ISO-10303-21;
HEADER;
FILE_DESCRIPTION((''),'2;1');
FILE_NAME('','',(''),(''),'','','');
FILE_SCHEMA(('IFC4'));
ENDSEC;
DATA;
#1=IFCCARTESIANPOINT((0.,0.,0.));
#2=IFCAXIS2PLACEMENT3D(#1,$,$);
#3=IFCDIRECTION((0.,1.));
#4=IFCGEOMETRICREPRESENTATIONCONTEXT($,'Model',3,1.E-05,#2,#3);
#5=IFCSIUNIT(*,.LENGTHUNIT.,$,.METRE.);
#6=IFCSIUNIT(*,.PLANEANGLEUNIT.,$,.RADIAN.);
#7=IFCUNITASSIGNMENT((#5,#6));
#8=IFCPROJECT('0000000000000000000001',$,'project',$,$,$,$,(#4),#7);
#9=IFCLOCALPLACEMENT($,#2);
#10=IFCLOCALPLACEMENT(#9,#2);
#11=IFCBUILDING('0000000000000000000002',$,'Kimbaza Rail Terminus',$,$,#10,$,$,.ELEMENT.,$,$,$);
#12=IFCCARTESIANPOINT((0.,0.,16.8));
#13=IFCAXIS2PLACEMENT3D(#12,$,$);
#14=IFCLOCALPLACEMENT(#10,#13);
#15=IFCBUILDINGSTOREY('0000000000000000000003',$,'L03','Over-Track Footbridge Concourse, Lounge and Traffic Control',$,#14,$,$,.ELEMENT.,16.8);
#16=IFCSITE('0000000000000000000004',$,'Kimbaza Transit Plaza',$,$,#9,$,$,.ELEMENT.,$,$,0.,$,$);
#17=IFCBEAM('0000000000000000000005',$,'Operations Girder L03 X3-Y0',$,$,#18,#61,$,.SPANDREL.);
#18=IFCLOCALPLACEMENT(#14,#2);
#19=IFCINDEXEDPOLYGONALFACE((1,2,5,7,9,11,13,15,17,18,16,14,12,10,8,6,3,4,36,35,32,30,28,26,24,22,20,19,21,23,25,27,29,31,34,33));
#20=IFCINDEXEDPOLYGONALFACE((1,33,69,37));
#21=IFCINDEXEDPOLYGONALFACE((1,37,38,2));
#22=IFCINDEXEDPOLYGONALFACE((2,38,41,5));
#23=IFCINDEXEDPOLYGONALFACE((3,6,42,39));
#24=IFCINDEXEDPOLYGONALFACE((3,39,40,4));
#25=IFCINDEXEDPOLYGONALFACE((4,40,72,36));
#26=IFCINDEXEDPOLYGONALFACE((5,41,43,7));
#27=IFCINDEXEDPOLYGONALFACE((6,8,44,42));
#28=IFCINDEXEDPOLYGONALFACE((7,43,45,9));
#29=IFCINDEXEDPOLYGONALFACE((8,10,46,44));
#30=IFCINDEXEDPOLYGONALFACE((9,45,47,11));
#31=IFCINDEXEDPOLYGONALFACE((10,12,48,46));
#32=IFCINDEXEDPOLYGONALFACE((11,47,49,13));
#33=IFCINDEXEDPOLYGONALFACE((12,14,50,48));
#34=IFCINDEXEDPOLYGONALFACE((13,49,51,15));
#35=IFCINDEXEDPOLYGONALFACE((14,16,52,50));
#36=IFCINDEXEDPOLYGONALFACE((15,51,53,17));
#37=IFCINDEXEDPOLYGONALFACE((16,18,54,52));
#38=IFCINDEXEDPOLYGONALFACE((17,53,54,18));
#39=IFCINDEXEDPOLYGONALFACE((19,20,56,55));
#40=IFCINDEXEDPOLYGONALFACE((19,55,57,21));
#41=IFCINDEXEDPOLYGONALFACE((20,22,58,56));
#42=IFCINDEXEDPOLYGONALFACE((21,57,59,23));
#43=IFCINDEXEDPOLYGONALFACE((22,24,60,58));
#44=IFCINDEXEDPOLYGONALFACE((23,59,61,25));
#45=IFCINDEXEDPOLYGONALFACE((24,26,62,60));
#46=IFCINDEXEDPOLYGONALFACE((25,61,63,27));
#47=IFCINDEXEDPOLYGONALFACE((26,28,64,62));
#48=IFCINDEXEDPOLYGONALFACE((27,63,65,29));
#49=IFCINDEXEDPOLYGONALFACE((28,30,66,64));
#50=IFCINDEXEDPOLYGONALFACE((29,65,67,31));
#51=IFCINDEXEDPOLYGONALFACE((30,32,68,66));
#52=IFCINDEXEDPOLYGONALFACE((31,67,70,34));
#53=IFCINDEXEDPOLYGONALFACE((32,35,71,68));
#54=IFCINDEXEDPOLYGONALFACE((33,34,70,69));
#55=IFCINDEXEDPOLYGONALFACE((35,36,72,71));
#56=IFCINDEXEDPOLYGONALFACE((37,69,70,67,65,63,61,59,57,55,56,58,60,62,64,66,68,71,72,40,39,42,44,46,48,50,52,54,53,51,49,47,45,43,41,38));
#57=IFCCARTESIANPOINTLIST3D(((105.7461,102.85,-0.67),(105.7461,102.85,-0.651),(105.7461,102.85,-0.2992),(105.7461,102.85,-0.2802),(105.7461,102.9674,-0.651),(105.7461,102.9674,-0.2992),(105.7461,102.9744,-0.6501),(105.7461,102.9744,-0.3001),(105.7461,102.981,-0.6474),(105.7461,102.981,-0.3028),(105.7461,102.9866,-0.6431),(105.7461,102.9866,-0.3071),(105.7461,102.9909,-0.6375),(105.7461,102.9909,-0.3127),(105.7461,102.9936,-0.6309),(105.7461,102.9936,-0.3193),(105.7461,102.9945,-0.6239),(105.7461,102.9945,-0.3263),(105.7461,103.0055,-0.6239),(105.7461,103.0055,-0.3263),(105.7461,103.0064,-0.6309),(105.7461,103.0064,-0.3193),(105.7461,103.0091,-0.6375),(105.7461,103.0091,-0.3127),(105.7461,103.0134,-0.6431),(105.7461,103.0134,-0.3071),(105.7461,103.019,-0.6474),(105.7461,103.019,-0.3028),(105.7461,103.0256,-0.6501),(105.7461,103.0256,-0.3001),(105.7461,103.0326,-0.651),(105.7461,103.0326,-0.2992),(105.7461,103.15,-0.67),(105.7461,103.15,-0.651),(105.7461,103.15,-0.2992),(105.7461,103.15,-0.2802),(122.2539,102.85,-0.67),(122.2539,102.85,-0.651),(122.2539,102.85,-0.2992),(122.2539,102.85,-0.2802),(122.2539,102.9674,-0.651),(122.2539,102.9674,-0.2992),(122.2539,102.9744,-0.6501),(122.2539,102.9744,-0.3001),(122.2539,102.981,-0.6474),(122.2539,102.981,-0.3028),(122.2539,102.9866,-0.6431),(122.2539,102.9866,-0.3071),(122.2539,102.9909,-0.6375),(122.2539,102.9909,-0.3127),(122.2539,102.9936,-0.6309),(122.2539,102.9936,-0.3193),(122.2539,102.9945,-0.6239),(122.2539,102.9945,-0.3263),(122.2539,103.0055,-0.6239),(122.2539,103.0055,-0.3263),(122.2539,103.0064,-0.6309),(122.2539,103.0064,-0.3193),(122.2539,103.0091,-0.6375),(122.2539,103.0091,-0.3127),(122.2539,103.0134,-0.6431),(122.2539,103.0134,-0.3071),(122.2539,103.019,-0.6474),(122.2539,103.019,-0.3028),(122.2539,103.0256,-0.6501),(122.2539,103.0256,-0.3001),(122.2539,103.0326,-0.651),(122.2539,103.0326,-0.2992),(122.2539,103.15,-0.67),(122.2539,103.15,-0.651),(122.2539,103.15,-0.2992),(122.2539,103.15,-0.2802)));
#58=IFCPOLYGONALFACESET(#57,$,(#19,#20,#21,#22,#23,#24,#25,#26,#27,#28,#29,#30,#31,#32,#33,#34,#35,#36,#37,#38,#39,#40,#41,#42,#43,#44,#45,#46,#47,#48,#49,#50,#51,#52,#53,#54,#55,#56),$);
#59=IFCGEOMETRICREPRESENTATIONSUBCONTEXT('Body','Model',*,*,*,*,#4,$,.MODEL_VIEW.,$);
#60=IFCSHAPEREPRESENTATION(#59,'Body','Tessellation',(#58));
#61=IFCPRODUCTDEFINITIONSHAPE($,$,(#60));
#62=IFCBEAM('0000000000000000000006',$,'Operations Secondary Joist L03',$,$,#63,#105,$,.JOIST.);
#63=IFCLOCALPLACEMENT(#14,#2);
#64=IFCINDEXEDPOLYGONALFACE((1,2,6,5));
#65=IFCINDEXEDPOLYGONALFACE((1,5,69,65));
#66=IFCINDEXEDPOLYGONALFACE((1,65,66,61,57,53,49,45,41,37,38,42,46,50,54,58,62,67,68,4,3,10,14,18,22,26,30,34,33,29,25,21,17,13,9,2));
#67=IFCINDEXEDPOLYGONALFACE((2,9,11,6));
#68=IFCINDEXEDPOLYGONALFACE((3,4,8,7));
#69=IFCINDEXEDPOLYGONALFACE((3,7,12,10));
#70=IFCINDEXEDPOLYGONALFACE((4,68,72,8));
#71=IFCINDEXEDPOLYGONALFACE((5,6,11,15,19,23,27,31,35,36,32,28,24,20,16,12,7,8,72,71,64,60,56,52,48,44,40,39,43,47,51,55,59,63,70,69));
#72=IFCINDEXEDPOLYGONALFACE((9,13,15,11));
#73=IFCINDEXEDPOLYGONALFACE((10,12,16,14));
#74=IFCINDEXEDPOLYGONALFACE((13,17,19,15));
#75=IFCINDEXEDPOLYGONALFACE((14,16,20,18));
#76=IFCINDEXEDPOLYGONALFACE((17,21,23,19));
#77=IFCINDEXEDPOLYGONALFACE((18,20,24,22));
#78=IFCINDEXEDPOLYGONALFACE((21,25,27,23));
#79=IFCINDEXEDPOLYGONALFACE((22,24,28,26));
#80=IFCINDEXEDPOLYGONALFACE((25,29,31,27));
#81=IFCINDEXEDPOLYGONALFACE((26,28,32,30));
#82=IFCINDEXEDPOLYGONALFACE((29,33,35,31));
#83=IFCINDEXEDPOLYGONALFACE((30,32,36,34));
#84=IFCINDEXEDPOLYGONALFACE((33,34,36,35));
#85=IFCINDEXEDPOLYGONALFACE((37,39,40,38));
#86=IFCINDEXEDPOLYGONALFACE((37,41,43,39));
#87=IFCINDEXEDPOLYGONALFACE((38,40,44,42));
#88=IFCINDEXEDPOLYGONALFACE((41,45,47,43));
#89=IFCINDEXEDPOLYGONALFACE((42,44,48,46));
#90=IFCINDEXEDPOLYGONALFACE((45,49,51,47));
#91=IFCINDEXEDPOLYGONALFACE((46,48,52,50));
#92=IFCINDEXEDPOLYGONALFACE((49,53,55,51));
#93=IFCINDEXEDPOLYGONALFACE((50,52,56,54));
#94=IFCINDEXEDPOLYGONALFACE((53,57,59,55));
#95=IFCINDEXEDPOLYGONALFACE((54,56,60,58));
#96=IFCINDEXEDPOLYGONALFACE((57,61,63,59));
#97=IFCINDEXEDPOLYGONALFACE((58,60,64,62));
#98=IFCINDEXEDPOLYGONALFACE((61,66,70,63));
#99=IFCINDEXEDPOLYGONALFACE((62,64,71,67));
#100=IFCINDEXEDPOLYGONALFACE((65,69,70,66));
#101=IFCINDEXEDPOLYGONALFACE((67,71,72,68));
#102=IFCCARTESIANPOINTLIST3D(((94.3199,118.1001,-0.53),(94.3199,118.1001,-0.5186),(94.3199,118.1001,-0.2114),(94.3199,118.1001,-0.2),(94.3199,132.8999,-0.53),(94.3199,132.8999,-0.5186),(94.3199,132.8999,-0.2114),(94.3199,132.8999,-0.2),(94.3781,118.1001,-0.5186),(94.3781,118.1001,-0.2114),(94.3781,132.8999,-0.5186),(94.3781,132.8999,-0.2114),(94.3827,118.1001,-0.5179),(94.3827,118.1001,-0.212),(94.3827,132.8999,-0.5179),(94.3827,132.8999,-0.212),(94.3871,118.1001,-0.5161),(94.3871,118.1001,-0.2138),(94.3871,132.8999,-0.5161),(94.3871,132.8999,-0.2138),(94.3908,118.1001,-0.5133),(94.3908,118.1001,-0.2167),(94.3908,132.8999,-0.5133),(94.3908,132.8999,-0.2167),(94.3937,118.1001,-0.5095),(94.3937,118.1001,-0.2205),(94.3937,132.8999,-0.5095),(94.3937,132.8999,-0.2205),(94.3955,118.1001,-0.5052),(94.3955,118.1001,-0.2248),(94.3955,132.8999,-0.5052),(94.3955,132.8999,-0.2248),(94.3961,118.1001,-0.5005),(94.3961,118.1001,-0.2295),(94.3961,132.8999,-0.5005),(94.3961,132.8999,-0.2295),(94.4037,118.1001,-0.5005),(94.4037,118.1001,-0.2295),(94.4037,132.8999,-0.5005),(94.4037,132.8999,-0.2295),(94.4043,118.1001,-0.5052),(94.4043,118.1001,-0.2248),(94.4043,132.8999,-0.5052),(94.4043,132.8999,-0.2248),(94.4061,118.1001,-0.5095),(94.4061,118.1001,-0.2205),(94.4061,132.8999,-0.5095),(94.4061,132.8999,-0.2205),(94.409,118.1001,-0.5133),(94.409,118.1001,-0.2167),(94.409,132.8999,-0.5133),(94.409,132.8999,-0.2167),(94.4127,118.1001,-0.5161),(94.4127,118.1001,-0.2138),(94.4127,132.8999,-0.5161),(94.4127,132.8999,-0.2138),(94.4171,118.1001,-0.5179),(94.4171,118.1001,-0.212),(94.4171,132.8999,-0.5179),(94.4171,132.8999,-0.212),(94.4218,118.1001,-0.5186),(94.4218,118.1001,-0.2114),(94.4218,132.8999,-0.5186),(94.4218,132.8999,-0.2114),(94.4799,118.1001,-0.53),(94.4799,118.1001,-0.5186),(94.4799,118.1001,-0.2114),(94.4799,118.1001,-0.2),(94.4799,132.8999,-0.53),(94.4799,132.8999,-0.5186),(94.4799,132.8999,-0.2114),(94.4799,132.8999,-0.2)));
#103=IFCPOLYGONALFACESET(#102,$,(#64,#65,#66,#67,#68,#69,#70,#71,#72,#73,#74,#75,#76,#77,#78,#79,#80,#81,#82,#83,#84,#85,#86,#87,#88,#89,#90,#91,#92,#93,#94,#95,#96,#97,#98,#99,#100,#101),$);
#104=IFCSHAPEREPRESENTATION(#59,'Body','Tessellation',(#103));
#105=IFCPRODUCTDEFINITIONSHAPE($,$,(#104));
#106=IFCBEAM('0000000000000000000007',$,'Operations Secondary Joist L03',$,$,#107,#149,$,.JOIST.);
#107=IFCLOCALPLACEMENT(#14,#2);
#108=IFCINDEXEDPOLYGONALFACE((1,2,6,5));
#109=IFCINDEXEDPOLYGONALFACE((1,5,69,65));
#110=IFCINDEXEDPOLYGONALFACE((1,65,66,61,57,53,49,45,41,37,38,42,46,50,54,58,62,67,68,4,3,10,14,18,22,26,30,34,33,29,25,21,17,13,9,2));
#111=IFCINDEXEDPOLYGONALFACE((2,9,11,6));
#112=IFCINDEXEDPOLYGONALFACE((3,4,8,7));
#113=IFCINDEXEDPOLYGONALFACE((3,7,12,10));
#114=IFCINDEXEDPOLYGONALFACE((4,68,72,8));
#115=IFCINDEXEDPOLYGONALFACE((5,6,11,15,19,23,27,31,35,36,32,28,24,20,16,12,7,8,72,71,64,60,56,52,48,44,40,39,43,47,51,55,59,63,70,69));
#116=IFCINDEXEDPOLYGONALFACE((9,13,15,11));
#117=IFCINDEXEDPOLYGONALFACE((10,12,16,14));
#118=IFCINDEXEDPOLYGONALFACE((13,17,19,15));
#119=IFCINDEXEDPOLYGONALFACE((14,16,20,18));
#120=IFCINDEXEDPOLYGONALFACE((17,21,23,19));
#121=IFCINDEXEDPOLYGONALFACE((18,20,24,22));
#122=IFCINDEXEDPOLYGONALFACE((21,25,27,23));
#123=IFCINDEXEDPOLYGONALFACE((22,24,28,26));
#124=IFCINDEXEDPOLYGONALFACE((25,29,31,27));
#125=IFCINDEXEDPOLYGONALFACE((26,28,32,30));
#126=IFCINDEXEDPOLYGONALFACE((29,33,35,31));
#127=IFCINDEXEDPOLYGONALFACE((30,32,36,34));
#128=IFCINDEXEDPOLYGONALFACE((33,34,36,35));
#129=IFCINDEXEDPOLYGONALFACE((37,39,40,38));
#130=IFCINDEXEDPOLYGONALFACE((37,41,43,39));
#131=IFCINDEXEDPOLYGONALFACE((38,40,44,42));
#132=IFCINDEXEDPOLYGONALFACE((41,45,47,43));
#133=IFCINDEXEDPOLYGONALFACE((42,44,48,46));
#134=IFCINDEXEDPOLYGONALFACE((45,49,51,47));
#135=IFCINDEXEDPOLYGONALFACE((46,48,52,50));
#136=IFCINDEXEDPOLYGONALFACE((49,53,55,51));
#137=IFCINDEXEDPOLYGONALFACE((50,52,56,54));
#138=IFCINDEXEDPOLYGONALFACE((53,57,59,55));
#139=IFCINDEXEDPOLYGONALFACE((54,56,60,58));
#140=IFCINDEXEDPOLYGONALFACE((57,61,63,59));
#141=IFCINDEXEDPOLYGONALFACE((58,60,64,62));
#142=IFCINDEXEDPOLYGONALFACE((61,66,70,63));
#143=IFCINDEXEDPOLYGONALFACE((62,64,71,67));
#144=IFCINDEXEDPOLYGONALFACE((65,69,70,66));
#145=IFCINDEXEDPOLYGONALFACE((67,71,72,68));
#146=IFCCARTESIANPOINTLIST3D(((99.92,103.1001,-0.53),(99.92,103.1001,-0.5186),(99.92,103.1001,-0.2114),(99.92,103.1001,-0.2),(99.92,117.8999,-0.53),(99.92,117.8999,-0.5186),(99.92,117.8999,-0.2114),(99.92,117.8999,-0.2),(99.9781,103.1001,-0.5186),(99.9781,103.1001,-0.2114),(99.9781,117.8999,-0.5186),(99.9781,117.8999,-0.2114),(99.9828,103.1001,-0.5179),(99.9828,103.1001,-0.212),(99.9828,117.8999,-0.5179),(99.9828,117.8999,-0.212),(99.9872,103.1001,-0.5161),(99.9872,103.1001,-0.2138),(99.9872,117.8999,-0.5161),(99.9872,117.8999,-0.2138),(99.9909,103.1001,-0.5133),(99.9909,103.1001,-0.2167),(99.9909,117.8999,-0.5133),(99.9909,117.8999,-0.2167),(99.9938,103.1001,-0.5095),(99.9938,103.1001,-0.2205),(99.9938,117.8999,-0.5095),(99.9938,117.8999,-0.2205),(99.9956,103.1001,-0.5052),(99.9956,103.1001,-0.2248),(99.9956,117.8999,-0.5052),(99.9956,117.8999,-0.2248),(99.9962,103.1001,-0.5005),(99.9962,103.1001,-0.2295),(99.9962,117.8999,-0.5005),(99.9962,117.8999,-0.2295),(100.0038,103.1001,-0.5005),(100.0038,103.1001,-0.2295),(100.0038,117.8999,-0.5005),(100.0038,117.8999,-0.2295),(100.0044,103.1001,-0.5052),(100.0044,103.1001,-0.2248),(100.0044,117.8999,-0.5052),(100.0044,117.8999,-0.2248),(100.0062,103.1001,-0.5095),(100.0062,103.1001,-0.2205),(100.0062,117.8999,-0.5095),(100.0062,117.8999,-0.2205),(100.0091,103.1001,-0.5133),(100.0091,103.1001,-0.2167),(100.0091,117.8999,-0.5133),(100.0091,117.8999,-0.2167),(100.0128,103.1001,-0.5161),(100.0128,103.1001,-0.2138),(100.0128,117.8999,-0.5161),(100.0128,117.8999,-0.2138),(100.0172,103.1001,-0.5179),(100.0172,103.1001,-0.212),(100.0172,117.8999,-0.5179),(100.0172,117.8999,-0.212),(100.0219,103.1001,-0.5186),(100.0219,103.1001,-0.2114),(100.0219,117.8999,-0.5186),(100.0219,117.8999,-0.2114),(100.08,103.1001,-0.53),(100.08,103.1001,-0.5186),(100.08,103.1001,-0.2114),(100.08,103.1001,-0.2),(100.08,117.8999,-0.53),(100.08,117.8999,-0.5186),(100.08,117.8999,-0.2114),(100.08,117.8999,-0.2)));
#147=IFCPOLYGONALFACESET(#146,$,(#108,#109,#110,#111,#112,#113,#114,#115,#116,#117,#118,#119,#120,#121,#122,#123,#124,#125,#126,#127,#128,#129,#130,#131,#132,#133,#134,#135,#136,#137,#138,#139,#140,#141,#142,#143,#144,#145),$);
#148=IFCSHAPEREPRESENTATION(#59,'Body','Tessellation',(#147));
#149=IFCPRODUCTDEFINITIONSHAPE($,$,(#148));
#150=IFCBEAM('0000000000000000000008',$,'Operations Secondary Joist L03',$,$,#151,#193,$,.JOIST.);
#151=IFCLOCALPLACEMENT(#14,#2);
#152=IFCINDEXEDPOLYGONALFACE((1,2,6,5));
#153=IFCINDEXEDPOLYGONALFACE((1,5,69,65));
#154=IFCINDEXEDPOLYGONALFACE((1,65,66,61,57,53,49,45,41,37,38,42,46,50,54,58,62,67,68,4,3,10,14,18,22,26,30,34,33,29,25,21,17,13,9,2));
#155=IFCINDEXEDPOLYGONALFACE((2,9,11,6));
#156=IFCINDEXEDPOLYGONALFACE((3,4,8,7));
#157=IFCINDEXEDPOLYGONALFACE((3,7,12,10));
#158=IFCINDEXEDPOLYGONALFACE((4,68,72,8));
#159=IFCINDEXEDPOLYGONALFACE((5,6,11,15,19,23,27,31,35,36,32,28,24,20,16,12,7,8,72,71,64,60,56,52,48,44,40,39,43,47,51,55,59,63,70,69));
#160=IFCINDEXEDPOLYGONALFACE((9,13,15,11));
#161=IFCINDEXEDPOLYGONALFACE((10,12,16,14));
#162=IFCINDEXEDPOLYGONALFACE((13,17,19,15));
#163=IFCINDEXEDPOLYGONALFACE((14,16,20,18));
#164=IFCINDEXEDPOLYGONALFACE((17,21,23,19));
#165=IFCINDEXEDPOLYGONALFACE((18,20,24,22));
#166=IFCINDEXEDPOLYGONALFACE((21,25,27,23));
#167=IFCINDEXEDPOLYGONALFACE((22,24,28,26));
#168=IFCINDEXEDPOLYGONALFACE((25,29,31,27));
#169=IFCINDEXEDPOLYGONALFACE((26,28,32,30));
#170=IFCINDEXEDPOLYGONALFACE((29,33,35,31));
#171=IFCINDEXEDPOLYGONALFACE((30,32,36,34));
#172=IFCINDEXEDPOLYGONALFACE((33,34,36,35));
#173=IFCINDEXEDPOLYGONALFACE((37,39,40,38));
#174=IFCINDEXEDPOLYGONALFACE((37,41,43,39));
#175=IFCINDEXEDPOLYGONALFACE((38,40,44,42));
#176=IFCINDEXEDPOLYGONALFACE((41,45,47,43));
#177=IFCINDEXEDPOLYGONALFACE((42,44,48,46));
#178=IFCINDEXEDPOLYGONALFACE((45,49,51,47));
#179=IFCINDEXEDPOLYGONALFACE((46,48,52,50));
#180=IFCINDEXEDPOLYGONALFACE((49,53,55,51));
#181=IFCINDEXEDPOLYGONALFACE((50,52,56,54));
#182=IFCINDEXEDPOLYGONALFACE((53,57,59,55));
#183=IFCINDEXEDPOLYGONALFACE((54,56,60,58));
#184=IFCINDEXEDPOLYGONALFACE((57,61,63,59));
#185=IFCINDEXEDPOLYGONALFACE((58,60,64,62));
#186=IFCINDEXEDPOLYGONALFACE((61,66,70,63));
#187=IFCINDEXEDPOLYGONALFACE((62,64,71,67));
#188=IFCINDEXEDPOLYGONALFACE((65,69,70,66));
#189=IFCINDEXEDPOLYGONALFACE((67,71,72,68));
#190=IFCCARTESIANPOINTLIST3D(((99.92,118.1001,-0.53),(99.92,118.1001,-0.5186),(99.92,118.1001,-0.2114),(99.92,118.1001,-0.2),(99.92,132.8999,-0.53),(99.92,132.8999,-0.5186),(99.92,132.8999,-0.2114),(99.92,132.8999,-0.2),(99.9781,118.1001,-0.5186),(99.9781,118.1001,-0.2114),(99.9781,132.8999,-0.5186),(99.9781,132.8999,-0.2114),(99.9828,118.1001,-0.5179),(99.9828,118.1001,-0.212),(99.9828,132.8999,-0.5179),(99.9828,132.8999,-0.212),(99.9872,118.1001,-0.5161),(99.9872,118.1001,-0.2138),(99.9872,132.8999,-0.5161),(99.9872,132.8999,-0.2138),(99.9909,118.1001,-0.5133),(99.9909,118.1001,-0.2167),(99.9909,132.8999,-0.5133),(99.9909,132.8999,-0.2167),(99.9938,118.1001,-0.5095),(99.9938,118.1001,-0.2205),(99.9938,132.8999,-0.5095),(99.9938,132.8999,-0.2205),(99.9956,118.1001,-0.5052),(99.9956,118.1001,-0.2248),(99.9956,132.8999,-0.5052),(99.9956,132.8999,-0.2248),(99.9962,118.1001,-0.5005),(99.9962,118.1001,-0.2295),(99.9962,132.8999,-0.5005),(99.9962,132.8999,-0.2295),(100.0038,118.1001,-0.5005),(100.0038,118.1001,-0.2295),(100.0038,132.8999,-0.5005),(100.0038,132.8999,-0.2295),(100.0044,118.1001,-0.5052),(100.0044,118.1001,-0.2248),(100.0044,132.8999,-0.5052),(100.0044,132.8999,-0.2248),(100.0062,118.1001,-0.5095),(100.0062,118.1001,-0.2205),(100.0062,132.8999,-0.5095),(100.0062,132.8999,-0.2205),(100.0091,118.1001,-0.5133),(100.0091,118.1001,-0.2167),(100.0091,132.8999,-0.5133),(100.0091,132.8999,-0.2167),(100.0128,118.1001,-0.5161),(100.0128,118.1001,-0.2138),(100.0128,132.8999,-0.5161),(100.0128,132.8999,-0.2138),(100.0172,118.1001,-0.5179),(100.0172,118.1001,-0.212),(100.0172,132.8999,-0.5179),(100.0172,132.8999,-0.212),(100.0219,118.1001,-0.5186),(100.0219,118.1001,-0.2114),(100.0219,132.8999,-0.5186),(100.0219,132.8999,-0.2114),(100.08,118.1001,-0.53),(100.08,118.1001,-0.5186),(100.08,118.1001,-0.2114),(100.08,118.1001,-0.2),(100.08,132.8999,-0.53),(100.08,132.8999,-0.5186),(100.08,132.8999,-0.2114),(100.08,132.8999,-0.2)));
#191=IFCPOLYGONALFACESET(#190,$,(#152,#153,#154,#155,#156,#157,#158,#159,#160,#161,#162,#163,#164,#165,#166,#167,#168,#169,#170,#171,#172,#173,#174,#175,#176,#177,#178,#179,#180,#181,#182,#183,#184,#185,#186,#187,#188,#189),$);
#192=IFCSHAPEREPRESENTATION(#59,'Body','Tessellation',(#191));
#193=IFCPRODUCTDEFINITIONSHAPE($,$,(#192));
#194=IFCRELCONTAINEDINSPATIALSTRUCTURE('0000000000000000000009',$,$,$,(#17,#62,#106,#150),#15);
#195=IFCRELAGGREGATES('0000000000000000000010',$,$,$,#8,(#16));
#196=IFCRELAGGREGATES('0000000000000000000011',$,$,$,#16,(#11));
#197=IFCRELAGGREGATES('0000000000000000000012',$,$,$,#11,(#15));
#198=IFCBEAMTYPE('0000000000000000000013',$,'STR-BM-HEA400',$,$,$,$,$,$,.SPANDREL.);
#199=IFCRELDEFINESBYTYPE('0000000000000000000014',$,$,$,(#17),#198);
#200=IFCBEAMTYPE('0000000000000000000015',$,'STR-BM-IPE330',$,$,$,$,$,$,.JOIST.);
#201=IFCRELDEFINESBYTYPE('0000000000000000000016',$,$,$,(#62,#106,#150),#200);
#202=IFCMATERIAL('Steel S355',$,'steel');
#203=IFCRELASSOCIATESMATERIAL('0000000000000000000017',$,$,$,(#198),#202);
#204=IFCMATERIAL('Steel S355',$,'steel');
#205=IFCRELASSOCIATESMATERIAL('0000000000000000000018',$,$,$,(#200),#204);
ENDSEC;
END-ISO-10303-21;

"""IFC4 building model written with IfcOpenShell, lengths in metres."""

from ifc_helpers import new_model, si_unit, direction, frame, origin, origin_2d, place, context, subcontext, project, spatial, i_section, extrude, material, material_profile, profile_set, type_object, element, save


model = new_model("IFC4")

# Units and contexts
model_context = context("Model", 3, precision=1e-05, world=origin(), true_north=direction((0.0, 1.0)))
body_context = subcontext(model_context, "Body", "Model", "MODEL_VIEW")
ifc_project = project(units=[si_unit("LENGTHUNIT", "METRE"), si_unit("PLANEANGLEUNIT", "RADIAN")], contexts=[model_context])

# Site, building, storey
site_placement = place(None, origin())
site = spatial("IfcSite", under=ifc_project, at=site_placement, Name="Kimbaza Transit Plaza", CompositionType="ELEMENT", RefElevation=0.0)
building_placement = place(site_placement, origin())
building = spatial("IfcBuilding", under=site, at=building_placement, Name="Kimbaza Rail Terminus", CompositionType="ELEMENT")
storey_placement = place(building_placement, frame((0.0, 0.0, 16.8)))
storey = spatial("IfcBuildingStorey", under=building, at=storey_placement, Name="L03", Description="Over-Track Footbridge Concourse, Lounge and Traffic Control", CompositionType="ELEMENT", Elevation=16.8)

# Beams
ifc_material_1 = material(Name="Steel S355", Category="steel")
ifc_material_profile_1 = material_profile(ifc_material_1, i_section(OverallWidth=0.3, OverallDepth=0.3899, WebThickness=0.011, FlangeThickness=0.019, FilletRadius=0.0271, at=origin_2d()), Name="HEA 400")
ifc_profile_set_1 = profile_set([ifc_material_profile_1], Name="Steel S355")
beam_type_1 = type_object("IfcBeamType", Name="STR-BM-HEA400", PredefinedType="SPANDREL", material=ifc_profile_set_1)
beam_1_placement = place(storey_placement, frame((105.7461, 103.0, -0.4751), z_axis=(1.0, 0.0, 0.0), x_axis=(0.0, 1.0, 0.0)))
element("IfcBeam", 1, at=beam_1_placement, inside=storey, type_object=beam_type_1, Name="Operations Girder L03 X3-Y0", PredefinedType="SPANDREL", context=body_context, shape_type="SweptSolid", body=[
    extrude(i_section(OverallWidth=0.3, OverallDepth=0.3899, WebThickness=0.011, FlangeThickness=0.019, FilletRadius=0.0271, at=origin_2d()), origin(), (0.0, 0.0, 1.0), 16.5078),
])
ifc_material_2 = material(Name="Steel S355", Category="steel")
ifc_material_profile_2 = material_profile(ifc_material_2, i_section(OverallWidth=0.1599, OverallDepth=0.3301, WebThickness=0.0076, FlangeThickness=0.0115, FilletRadius=0.0181, at=origin_2d()), Name="IPE 330")
ifc_profile_set_2 = profile_set([ifc_material_profile_2], Name="Steel S355")
beam_type_2 = type_object("IfcBeamType", Name="STR-BM-IPE330", PredefinedType="JOIST", material=ifc_profile_set_2)
for number, where, z_axis, x_axis, name in (
    (2, (94.3999, 118.1001, -0.365), (0.0, 1.0, 0.0), (-1.0, 0.0, 0.0), "Operations Secondary Joist L03"),
    (3, (100.0, 103.1001, -0.365), (0.0, 1.0, 0.0), (-1.0, 0.0, 0.0), "Operations Secondary Joist L03"),
    (4, (100.0, 118.1001, -0.365), (0.0, 1.0, 0.0), (-1.0, 0.0, 0.0), "Operations Secondary Joist L03"),
):
    element("IfcBeam", number, at=place(storey_placement, frame(where, z_axis=z_axis, x_axis=x_axis)), inside=storey, type_object=beam_type_2, Name=name, PredefinedType="JOIST", context=body_context, shape_type="SweptSolid", body=[
        extrude(i_section(OverallWidth=0.1599, OverallDepth=0.3301, WebThickness=0.0076, FlangeThickness=0.0115, FilletRadius=0.0181, at=origin_2d()), origin(), (0.0, 0.0, 1.0), 14.7998),
    ])

save(model, "model.ifc")
